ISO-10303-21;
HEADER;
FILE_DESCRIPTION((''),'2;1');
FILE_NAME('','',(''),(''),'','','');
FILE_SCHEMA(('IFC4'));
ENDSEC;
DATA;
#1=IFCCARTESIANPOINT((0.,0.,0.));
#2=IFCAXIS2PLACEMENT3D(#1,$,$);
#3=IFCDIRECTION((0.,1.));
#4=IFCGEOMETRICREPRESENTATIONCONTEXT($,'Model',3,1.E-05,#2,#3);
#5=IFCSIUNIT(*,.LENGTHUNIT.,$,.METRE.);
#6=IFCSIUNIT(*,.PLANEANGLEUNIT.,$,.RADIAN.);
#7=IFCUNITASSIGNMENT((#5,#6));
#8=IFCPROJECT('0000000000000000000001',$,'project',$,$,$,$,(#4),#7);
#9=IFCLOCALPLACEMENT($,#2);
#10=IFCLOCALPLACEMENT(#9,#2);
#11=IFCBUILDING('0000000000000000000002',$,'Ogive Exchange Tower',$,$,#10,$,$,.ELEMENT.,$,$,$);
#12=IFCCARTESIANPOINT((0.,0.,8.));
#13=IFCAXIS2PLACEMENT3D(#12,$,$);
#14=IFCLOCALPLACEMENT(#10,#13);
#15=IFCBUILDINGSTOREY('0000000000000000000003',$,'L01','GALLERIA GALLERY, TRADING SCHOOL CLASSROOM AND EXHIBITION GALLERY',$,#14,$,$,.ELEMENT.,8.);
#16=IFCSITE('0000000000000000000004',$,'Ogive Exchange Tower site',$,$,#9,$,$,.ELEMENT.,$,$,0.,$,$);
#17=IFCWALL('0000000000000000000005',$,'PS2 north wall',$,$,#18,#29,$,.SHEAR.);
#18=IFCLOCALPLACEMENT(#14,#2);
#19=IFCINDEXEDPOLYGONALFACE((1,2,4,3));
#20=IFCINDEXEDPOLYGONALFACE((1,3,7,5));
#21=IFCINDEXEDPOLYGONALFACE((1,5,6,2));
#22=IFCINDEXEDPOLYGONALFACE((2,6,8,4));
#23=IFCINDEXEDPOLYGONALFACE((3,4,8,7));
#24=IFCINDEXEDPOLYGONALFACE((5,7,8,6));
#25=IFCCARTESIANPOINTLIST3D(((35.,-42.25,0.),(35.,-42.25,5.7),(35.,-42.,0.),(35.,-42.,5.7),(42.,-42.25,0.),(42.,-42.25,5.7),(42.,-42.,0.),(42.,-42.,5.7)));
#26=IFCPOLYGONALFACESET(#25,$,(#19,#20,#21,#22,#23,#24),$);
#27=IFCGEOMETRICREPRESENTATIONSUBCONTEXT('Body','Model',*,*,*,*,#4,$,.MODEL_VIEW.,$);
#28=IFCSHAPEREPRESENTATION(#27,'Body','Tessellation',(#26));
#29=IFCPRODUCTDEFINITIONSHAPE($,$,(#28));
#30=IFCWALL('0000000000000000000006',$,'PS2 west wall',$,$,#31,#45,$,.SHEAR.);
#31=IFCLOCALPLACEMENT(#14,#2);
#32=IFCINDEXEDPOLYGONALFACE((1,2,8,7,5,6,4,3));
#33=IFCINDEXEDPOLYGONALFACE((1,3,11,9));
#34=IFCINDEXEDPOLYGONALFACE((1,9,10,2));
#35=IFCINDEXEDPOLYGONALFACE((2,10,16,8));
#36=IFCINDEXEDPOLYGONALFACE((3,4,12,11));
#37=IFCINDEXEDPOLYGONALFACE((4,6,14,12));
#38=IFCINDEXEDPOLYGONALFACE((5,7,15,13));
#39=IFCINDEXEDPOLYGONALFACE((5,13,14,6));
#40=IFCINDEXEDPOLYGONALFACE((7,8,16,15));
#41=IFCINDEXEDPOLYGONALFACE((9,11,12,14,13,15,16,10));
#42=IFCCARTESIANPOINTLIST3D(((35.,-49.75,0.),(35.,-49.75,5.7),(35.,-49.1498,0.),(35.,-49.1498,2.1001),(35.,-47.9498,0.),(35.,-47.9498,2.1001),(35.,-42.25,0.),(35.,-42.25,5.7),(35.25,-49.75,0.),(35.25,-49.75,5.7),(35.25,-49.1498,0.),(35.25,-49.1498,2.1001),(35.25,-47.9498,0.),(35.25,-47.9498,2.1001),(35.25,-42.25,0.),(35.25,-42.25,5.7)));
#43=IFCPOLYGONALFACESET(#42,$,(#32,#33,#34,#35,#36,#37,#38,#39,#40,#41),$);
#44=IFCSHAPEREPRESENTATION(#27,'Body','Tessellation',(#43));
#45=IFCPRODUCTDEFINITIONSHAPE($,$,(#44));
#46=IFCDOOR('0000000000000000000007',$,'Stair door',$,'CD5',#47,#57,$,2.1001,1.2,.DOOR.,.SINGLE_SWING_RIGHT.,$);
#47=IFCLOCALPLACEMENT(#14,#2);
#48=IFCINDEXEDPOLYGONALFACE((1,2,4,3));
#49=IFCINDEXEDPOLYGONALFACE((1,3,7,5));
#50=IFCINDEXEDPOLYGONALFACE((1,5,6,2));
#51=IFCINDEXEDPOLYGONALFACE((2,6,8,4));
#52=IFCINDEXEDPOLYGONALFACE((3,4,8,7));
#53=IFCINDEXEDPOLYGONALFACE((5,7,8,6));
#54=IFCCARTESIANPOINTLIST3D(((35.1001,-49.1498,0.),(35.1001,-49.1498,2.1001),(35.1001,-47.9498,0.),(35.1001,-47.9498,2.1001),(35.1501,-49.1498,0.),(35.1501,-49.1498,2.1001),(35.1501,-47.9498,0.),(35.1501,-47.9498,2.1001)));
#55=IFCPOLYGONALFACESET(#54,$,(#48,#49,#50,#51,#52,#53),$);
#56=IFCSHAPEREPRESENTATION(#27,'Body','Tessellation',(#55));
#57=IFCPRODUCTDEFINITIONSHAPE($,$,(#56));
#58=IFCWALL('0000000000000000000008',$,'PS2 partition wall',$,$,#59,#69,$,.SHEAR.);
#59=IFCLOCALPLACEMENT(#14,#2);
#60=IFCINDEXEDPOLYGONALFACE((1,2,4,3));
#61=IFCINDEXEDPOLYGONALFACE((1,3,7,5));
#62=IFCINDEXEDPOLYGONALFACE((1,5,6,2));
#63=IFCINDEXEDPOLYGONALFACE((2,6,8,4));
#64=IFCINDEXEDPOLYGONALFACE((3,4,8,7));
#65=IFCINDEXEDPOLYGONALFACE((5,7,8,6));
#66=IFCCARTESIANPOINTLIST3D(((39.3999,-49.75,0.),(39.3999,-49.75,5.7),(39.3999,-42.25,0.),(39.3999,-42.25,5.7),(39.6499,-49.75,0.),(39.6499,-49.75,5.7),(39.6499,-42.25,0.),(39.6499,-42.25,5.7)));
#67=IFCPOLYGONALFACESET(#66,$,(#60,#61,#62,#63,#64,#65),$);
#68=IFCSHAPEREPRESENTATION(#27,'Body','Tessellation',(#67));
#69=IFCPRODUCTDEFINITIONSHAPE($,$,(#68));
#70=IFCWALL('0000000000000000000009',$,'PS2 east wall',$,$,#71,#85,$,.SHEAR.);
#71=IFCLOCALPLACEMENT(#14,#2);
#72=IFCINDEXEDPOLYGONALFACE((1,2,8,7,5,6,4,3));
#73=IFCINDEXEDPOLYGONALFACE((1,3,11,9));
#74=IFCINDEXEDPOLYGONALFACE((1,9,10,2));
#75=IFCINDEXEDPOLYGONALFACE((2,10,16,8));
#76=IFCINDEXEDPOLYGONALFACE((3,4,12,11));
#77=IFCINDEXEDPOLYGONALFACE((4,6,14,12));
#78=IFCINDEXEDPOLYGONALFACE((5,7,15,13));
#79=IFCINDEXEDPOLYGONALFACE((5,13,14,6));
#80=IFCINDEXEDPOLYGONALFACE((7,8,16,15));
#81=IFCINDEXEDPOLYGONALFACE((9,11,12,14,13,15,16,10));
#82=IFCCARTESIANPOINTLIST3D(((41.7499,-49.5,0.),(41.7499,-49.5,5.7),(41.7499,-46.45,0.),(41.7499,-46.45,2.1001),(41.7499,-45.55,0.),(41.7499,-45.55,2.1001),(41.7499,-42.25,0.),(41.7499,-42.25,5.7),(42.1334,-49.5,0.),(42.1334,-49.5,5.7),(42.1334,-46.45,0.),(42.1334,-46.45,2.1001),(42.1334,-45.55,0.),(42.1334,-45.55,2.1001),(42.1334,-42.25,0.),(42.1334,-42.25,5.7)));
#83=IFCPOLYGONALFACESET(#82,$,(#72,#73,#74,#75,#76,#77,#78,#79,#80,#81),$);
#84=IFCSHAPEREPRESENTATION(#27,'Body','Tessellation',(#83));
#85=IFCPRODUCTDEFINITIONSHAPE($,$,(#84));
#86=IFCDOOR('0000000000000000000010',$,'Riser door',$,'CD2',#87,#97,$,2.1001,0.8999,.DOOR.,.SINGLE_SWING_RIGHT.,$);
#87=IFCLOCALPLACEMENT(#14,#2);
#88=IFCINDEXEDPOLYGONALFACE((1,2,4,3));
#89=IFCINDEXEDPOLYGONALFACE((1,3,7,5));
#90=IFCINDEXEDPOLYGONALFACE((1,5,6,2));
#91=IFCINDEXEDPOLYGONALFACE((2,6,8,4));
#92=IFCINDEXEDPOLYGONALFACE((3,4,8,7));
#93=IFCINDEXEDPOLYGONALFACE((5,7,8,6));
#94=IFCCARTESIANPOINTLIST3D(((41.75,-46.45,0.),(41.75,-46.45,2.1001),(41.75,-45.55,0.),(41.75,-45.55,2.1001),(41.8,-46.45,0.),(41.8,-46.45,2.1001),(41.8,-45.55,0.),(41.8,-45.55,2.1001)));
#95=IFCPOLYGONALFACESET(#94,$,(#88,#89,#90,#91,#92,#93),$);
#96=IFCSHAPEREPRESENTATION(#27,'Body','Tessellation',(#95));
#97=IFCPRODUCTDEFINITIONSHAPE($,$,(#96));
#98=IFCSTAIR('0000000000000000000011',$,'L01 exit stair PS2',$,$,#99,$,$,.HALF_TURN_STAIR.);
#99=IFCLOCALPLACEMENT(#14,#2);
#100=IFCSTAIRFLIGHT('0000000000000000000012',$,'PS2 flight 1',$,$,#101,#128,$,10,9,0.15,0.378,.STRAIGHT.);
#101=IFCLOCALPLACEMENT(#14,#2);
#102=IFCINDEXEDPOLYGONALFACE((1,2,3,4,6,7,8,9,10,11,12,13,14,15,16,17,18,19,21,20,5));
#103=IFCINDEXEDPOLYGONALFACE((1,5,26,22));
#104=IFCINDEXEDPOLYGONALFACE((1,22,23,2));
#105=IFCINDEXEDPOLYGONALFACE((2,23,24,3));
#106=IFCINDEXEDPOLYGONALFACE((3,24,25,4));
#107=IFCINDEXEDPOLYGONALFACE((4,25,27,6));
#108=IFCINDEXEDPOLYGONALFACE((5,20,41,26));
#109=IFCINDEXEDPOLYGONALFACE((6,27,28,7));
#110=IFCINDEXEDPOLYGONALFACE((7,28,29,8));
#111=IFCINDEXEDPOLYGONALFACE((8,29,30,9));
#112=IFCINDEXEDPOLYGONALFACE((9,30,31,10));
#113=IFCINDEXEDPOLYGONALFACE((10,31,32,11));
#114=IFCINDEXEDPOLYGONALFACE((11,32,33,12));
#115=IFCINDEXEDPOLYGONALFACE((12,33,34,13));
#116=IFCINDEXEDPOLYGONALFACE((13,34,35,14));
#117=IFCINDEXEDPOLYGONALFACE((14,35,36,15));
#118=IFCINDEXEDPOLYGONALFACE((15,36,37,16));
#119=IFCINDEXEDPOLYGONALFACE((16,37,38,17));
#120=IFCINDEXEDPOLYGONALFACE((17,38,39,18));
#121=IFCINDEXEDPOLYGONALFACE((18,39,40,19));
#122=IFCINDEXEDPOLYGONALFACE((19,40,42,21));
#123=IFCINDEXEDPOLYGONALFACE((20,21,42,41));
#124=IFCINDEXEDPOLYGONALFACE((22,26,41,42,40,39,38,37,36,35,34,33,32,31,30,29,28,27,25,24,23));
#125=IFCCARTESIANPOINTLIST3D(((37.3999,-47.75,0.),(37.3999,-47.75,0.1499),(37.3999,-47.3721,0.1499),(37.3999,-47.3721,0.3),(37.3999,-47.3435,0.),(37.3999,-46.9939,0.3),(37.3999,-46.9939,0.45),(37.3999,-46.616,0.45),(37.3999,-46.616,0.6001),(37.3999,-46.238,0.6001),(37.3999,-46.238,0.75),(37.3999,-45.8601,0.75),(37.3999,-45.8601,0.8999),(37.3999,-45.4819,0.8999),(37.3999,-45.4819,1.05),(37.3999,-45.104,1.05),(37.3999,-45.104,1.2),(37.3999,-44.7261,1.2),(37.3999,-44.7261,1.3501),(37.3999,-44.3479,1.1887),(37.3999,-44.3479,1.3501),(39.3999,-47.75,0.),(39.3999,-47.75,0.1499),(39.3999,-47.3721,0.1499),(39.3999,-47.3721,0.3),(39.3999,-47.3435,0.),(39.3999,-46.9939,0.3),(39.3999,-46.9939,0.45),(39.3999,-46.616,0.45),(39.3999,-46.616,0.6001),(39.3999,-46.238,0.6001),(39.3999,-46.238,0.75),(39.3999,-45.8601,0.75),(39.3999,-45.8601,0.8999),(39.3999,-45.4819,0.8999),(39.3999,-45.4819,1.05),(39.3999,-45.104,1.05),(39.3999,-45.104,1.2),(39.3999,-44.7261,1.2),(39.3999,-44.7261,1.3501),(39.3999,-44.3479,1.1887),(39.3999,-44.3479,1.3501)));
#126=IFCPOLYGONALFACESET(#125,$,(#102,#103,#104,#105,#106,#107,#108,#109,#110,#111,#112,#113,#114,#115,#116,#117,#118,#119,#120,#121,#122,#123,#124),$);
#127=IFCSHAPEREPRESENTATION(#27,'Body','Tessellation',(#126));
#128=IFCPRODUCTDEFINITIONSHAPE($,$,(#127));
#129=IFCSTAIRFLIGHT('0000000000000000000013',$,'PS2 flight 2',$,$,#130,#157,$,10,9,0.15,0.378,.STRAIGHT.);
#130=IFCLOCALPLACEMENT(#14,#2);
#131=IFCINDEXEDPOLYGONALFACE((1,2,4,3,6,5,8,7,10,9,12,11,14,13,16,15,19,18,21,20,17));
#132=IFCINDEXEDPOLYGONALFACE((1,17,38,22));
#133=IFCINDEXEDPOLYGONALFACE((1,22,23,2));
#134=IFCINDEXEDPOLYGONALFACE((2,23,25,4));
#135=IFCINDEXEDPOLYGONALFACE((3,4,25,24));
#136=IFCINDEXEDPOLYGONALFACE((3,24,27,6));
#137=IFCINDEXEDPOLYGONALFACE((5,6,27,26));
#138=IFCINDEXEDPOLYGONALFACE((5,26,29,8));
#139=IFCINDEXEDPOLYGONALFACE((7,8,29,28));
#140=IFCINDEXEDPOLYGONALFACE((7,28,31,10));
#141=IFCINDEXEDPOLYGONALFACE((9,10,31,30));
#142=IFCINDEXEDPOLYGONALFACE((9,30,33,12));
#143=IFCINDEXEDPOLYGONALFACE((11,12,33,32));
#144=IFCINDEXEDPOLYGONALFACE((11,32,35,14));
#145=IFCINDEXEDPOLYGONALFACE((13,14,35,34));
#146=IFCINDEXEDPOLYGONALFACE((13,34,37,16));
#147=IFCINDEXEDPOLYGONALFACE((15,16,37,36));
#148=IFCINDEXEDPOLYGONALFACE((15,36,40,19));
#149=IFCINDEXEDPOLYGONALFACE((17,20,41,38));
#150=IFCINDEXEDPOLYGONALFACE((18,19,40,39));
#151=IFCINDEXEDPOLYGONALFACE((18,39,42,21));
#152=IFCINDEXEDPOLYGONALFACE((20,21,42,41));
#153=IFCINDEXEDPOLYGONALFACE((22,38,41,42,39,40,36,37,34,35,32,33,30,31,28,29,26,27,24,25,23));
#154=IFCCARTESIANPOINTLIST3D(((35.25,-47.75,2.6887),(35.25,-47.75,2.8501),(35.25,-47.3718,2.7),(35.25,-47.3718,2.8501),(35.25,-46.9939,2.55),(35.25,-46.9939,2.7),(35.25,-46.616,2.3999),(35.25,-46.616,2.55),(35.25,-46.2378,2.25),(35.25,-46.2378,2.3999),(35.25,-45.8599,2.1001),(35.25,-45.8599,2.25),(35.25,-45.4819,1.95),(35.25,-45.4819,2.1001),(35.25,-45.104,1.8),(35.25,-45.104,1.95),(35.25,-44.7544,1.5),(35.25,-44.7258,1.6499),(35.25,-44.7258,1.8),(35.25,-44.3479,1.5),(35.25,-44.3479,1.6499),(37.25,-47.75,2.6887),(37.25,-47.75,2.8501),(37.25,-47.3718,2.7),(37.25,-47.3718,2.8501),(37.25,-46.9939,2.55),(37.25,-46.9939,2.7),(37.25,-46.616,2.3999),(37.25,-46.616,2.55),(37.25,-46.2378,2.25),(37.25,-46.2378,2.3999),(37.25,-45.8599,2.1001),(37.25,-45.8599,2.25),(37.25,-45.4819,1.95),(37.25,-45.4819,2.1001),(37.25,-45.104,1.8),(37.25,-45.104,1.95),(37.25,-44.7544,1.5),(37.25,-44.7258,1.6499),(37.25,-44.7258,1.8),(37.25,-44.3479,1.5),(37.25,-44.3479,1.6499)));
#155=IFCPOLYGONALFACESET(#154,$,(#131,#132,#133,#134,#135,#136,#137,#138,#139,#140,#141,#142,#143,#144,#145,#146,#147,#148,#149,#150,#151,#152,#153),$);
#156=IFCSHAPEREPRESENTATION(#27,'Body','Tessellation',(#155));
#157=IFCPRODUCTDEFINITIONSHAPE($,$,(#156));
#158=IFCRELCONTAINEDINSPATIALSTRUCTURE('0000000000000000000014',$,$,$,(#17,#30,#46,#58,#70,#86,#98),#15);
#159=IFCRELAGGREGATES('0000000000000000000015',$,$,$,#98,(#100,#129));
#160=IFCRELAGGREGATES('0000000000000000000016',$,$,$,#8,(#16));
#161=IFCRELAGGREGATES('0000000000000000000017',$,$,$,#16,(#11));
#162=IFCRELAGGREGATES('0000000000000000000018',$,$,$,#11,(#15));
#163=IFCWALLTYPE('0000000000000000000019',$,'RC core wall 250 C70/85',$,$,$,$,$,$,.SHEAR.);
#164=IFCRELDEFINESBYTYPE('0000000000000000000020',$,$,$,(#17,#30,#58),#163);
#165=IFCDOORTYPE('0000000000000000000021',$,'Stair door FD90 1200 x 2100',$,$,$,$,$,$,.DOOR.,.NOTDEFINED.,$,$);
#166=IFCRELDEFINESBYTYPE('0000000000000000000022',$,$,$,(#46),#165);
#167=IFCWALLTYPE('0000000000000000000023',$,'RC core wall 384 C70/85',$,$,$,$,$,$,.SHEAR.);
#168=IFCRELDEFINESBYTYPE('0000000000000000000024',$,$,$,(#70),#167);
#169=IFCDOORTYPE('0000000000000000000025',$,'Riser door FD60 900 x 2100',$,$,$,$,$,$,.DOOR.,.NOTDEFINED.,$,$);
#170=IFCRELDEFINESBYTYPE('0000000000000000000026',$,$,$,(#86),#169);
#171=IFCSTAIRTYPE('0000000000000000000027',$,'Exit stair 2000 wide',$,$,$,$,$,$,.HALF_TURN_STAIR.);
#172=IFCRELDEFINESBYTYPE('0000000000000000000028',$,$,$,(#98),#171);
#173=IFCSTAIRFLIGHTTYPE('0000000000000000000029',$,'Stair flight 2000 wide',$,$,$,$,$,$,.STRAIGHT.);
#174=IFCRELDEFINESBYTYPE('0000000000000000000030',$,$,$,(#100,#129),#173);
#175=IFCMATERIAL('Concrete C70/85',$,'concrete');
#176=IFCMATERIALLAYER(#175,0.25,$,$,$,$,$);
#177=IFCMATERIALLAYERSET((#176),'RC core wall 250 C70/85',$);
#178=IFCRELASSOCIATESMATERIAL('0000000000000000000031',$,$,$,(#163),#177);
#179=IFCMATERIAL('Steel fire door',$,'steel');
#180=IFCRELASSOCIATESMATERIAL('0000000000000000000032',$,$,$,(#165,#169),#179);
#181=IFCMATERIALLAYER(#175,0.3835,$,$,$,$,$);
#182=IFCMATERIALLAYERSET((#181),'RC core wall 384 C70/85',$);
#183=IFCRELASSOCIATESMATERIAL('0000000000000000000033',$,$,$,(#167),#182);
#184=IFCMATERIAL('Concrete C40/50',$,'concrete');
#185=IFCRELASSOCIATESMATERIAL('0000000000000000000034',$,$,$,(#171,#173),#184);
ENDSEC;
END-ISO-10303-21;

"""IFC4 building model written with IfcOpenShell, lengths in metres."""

from ifc_helpers import new_model, si_unit, direction, frame, frame_2d, origin, place, context, subcontext, project, spatial, polyline, rectangle, outline, extrude, material, layer, layer_set, type_object, element, fill, aggregate, save


model = new_model("IFC4")

# Units and contexts
model_context = context("Model", 3, precision=1e-05, world=origin(), true_north=direction((0.0, 1.0)))
body_context = subcontext(model_context, "Body", "Model", "MODEL_VIEW")
ifc_project = project(units=[si_unit("LENGTHUNIT", "METRE"), si_unit("PLANEANGLEUNIT", "RADIAN")], contexts=[model_context])

# Site, building, storey
site_placement = place(None, origin())
site = spatial("IfcSite", under=ifc_project, at=site_placement, Name="Ogive Exchange Tower site", CompositionType="ELEMENT", RefElevation=0.0)
building_placement = place(site_placement, origin())
building = spatial("IfcBuilding", under=site, at=building_placement, Name="Ogive Exchange Tower", CompositionType="ELEMENT")
storey_placement = place(building_placement, frame((0.0, 0.0, 8.0)))
storey = spatial("IfcBuildingStorey", under=building, at=storey_placement, Name="L01", Description="GALLERIA GALLERY, TRADING SCHOOL CLASSROOM AND EXHIBITION GALLERY", CompositionType="ELEMENT", Elevation=8.0)

# Shared definitions
ifc_material_1 = material(Name="Concrete C70/85", Category="concrete")

# Wall
ifc_layer_1 = layer(ifc_material_1, 0.25)
ifc_layer_set_1 = layer_set([ifc_layer_1], Name="RC core wall 250 C70/85")
wall_type_1 = type_object("IfcWallType", Name="RC core wall 250 C70/85", PredefinedType="SHEAR", material=ifc_layer_set_1)
wall_1_placement = place(storey_placement, frame((35.0, -42.125, 0.0), z_axis=(0.0, 0.0, 1.0), x_axis=(1.0, 0.0, 0.0)))
element("IfcWall", 1, at=wall_1_placement, inside=storey, type_object=wall_type_1, Name="PS2 north wall", PredefinedType="SHEAR", context=body_context, shape_type="SweptSolid", body=[
    extrude(rectangle(XDim=7.0, YDim=0.25, at=frame_2d((3.5, 0.0))), origin(), (0.0, 0.0, 1.0), 5.7),
])

# Wall, opening, door
wall_2_placement = place(storey_placement, frame((35.125, -49.75, 0.0), z_axis=(0.0, 0.0, 1.0), x_axis=(0.0, 1.0, 0.0)))
wall_2 = element("IfcWall", 2, at=wall_2_placement, inside=storey, type_object=wall_type_1, Name="PS2 west wall", PredefinedType="SHEAR", context=body_context, shape_type="SweptSolid", body=[
    extrude(rectangle(XDim=7.5, YDim=0.25, at=frame_2d((3.75, 0.0))), origin(), (0.0, 0.0, 1.0), 5.7),
])
opening_1_placement = place(wall_2_placement, frame((0.6001, 0.0, 0.0)))
opening_1 = element("IfcOpeningElement", 3, at=opening_1_placement, cuts=wall_2, PredefinedType="OPENING", context=body_context, shape_type="SweptSolid", body=[
    extrude(rectangle(XDim=1.2, YDim=2.1001, at=frame_2d((0.6001, 1.05))), frame((0.0, 0.135, 0.0), z_axis=(0.0, -1.0, 0.0), x_axis=(1.0, 0.0, 0.0)), (0.0, 0.0, 1.0), 0.27),
])
ifc_material_2 = material(Name="Steel fire door", Category="steel")
door_type_1 = type_object("IfcDoorType", Name="Stair door FD90 1200 x 2100", OperationType="NOTDEFINED", PredefinedType="DOOR", material=ifc_material_2)
door_1_placement = place(opening_1_placement, origin())
door_1 = element("IfcDoor", 4, at=door_1_placement, inside=storey, type_object=door_type_1, Name="Stair door", ObjectType="CD5", OperationType="SINGLE_SWING_RIGHT", OverallHeight=2.1001, OverallWidth=1.2, PredefinedType="DOOR", context=body_context, shape_type="SweptSolid", body=[
    extrude(rectangle(XDim=1.2, YDim=2.1001, at=frame_2d((0.6001, 1.05))), frame((0.0, 0.0249, 0.0), z_axis=(0.0, -1.0, 0.0), x_axis=(1.0, 0.0, 0.0)), (0.0, 0.0, 1.0), 0.05),
])
fill(opening_1, door_1)

# Wall
wall_3_placement = place(storey_placement, frame((39.5249, -49.75, 0.0), z_axis=(0.0, 0.0, 1.0), x_axis=(0.0, 1.0, 0.0)))
element("IfcWall", 5, at=wall_3_placement, inside=storey, type_object=wall_type_1, Name="PS2 partition wall", PredefinedType="SHEAR", context=body_context, shape_type="SweptSolid", body=[
    extrude(rectangle(XDim=7.5, YDim=0.25, at=frame_2d((3.75, 0.0))), origin(), (0.0, 0.0, 1.0), 5.7),
])

# Wall, opening, door
ifc_layer_2 = layer(ifc_material_1, 0.3835)
ifc_layer_set_2 = layer_set([ifc_layer_2], Name="RC core wall 384 C70/85")
wall_type_2 = type_object("IfcWallType", Name="RC core wall 384 C70/85", PredefinedType="SHEAR", material=ifc_layer_set_2)
wall_4_placement = place(storey_placement, frame((41.9417, -49.5, 0.0), z_axis=(0.0, 0.0, 1.0), x_axis=(0.0, 1.0, 0.0)))
wall_4 = element("IfcWall", 6, at=wall_4_placement, inside=storey, type_object=wall_type_2, Name="PS2 east wall", PredefinedType="SHEAR", context=body_context, shape_type="SweptSolid", body=[
    extrude(rectangle(XDim=7.25, YDim=0.3835, at=frame_2d((3.625, 0.0))), origin(), (0.0, 0.0, 1.0), 5.7),
])
opening_2_placement = place(wall_4_placement, frame((3.05, 0.0, 0.0)))
opening_2 = element("IfcOpeningElement", 7, at=opening_2_placement, cuts=wall_4, PredefinedType="OPENING", context=body_context, shape_type="SweptSolid", body=[
    extrude(rectangle(XDim=0.8999, YDim=2.1001, at=frame_2d((0.45, 1.05))), frame((0.0, 0.2017, 0.0), z_axis=(0.0, -1.0, 0.0), x_axis=(1.0, 0.0, 0.0)), (0.0, 0.0, 1.0), 0.4036),
])
door_type_2 = type_object("IfcDoorType", Name="Riser door FD60 900 x 2100", OperationType="NOTDEFINED", PredefinedType="DOOR", material=ifc_material_2)
door_2_placement = place(opening_2_placement, frame((0.8999, 0.3335, 0.0), z_axis=(0.0, 0.0, 1.0), x_axis=(-1.0, 0.0, 0.0)))
door_2 = element("IfcDoor", 8, at=door_2_placement, inside=storey, type_object=door_type_2, Name="Riser door", ObjectType="CD2", OperationType="SINGLE_SWING_RIGHT", OverallHeight=2.1001, OverallWidth=0.8999, PredefinedType="DOOR", context=body_context, shape_type="SweptSolid", body=[
    extrude(rectangle(XDim=0.8999, YDim=2.1001, at=frame_2d((0.45, 1.05))), frame((0.0, 0.1919, 0.0), z_axis=(0.0, -1.0, 0.0), x_axis=(1.0, 0.0, 0.0)), (0.0, 0.0, 1.0), 0.05),
])
fill(opening_2, door_2)

# Stair, stair flights
ifc_material_3 = material(Name="Concrete C40/50", Category="concrete")
stair_type = type_object("IfcStairType", Name="Exit stair 2000 wide", PredefinedType="HALF_TURN_STAIR", material=ifc_material_3)
stair_placement = place(storey_placement, origin())
stair = element("IfcStair", 9, at=stair_placement, inside=storey, type_object=stair_type, Name="L01 exit stair PS2", PredefinedType="HALF_TURN_STAIR")
stair_flight_type = type_object("IfcStairFlightType", Name="Stair flight 2000 wide", PredefinedType="STRAIGHT", material=ifc_material_3)
stair_flight_1_placement = place(storey_placement, frame((38.3999, -47.75, 0.0), z_axis=(0.0, 0.0, 1.0), x_axis=(0.0, 1.0, 0.0)))
stair_flight_1 = element("IfcStairFlight", 10, at=stair_flight_1_placement, type_object=stair_flight_type, Name="PS2 flight 1", NumberOfRisers=10, NumberOfTreads=9, PredefinedType="STRAIGHT", RiserHeight=0.15, TreadLength=0.378, context=body_context, shape_type="SweptSolid", body=[
    extrude(outline(polyline([(0.0, 0.0), (0.0, 0.1499), (0.3779, 0.1499), (0.3779, 0.3), (0.7561, 0.3), (0.7561, 0.45), (1.134, 0.45), (1.134, 0.6001), (1.512, 0.6001), (1.512, 0.75), (1.8899, 0.75), (1.8899, 0.8999), (2.2681, 0.8999), (2.2681, 1.05), (2.646, 1.05), (2.646, 1.2), (3.0239, 1.2), (3.0239, 1.3501), (3.4021, 1.3501), (3.4021, 1.5), (3.4021, 1.1887), (0.4065, 0.0), (0.0, 0.0)])), frame((0.0, 1.0, 0.0), z_axis=(0.0, -1.0, 0.0), x_axis=(1.0, 0.0, 0.0)), (0.0, 0.0, 1.0), 2.0),
])
stair_flight_2_placement = place(storey_placement, frame((36.25, -44.3479, 1.5), z_axis=(0.0, 0.0, 1.0), x_axis=(0.0, -1.0, 0.0)))
stair_flight_2 = element("IfcStairFlight", 11, at=stair_flight_2_placement, type_object=stair_flight_type, Name="PS2 flight 2", NumberOfRisers=10, NumberOfTreads=9, PredefinedType="STRAIGHT", RiserHeight=0.15, TreadLength=0.378, context=body_context, shape_type="SweptSolid", body=[
    extrude(outline(polyline([(0.0, 0.0), (0.0, 0.1499), (0.3779, 0.1499), (0.3779, 0.3), (0.7561, 0.3), (0.7561, 0.45), (1.134, 0.45), (1.134, 0.6001), (1.512, 0.6001), (1.512, 0.75), (1.8899, 0.75), (1.8899, 0.8999), (2.2681, 0.8999), (2.2681, 1.05), (2.646, 1.05), (2.646, 1.2), (3.0239, 1.2), (3.0239, 1.3501), (3.4021, 1.3501), (3.4021, 1.5), (3.4021, 1.1887), (0.4065, 0.0), (0.0, 0.0)])), frame((0.0, 1.0, 0.0), z_axis=(0.0, -1.0, 0.0), x_axis=(1.0, 0.0, 0.0)), (0.0, 0.0, 1.0), 2.0),
])
aggregate(stair, [stair_flight_1, stair_flight_2])

save(model, "model.ifc")
